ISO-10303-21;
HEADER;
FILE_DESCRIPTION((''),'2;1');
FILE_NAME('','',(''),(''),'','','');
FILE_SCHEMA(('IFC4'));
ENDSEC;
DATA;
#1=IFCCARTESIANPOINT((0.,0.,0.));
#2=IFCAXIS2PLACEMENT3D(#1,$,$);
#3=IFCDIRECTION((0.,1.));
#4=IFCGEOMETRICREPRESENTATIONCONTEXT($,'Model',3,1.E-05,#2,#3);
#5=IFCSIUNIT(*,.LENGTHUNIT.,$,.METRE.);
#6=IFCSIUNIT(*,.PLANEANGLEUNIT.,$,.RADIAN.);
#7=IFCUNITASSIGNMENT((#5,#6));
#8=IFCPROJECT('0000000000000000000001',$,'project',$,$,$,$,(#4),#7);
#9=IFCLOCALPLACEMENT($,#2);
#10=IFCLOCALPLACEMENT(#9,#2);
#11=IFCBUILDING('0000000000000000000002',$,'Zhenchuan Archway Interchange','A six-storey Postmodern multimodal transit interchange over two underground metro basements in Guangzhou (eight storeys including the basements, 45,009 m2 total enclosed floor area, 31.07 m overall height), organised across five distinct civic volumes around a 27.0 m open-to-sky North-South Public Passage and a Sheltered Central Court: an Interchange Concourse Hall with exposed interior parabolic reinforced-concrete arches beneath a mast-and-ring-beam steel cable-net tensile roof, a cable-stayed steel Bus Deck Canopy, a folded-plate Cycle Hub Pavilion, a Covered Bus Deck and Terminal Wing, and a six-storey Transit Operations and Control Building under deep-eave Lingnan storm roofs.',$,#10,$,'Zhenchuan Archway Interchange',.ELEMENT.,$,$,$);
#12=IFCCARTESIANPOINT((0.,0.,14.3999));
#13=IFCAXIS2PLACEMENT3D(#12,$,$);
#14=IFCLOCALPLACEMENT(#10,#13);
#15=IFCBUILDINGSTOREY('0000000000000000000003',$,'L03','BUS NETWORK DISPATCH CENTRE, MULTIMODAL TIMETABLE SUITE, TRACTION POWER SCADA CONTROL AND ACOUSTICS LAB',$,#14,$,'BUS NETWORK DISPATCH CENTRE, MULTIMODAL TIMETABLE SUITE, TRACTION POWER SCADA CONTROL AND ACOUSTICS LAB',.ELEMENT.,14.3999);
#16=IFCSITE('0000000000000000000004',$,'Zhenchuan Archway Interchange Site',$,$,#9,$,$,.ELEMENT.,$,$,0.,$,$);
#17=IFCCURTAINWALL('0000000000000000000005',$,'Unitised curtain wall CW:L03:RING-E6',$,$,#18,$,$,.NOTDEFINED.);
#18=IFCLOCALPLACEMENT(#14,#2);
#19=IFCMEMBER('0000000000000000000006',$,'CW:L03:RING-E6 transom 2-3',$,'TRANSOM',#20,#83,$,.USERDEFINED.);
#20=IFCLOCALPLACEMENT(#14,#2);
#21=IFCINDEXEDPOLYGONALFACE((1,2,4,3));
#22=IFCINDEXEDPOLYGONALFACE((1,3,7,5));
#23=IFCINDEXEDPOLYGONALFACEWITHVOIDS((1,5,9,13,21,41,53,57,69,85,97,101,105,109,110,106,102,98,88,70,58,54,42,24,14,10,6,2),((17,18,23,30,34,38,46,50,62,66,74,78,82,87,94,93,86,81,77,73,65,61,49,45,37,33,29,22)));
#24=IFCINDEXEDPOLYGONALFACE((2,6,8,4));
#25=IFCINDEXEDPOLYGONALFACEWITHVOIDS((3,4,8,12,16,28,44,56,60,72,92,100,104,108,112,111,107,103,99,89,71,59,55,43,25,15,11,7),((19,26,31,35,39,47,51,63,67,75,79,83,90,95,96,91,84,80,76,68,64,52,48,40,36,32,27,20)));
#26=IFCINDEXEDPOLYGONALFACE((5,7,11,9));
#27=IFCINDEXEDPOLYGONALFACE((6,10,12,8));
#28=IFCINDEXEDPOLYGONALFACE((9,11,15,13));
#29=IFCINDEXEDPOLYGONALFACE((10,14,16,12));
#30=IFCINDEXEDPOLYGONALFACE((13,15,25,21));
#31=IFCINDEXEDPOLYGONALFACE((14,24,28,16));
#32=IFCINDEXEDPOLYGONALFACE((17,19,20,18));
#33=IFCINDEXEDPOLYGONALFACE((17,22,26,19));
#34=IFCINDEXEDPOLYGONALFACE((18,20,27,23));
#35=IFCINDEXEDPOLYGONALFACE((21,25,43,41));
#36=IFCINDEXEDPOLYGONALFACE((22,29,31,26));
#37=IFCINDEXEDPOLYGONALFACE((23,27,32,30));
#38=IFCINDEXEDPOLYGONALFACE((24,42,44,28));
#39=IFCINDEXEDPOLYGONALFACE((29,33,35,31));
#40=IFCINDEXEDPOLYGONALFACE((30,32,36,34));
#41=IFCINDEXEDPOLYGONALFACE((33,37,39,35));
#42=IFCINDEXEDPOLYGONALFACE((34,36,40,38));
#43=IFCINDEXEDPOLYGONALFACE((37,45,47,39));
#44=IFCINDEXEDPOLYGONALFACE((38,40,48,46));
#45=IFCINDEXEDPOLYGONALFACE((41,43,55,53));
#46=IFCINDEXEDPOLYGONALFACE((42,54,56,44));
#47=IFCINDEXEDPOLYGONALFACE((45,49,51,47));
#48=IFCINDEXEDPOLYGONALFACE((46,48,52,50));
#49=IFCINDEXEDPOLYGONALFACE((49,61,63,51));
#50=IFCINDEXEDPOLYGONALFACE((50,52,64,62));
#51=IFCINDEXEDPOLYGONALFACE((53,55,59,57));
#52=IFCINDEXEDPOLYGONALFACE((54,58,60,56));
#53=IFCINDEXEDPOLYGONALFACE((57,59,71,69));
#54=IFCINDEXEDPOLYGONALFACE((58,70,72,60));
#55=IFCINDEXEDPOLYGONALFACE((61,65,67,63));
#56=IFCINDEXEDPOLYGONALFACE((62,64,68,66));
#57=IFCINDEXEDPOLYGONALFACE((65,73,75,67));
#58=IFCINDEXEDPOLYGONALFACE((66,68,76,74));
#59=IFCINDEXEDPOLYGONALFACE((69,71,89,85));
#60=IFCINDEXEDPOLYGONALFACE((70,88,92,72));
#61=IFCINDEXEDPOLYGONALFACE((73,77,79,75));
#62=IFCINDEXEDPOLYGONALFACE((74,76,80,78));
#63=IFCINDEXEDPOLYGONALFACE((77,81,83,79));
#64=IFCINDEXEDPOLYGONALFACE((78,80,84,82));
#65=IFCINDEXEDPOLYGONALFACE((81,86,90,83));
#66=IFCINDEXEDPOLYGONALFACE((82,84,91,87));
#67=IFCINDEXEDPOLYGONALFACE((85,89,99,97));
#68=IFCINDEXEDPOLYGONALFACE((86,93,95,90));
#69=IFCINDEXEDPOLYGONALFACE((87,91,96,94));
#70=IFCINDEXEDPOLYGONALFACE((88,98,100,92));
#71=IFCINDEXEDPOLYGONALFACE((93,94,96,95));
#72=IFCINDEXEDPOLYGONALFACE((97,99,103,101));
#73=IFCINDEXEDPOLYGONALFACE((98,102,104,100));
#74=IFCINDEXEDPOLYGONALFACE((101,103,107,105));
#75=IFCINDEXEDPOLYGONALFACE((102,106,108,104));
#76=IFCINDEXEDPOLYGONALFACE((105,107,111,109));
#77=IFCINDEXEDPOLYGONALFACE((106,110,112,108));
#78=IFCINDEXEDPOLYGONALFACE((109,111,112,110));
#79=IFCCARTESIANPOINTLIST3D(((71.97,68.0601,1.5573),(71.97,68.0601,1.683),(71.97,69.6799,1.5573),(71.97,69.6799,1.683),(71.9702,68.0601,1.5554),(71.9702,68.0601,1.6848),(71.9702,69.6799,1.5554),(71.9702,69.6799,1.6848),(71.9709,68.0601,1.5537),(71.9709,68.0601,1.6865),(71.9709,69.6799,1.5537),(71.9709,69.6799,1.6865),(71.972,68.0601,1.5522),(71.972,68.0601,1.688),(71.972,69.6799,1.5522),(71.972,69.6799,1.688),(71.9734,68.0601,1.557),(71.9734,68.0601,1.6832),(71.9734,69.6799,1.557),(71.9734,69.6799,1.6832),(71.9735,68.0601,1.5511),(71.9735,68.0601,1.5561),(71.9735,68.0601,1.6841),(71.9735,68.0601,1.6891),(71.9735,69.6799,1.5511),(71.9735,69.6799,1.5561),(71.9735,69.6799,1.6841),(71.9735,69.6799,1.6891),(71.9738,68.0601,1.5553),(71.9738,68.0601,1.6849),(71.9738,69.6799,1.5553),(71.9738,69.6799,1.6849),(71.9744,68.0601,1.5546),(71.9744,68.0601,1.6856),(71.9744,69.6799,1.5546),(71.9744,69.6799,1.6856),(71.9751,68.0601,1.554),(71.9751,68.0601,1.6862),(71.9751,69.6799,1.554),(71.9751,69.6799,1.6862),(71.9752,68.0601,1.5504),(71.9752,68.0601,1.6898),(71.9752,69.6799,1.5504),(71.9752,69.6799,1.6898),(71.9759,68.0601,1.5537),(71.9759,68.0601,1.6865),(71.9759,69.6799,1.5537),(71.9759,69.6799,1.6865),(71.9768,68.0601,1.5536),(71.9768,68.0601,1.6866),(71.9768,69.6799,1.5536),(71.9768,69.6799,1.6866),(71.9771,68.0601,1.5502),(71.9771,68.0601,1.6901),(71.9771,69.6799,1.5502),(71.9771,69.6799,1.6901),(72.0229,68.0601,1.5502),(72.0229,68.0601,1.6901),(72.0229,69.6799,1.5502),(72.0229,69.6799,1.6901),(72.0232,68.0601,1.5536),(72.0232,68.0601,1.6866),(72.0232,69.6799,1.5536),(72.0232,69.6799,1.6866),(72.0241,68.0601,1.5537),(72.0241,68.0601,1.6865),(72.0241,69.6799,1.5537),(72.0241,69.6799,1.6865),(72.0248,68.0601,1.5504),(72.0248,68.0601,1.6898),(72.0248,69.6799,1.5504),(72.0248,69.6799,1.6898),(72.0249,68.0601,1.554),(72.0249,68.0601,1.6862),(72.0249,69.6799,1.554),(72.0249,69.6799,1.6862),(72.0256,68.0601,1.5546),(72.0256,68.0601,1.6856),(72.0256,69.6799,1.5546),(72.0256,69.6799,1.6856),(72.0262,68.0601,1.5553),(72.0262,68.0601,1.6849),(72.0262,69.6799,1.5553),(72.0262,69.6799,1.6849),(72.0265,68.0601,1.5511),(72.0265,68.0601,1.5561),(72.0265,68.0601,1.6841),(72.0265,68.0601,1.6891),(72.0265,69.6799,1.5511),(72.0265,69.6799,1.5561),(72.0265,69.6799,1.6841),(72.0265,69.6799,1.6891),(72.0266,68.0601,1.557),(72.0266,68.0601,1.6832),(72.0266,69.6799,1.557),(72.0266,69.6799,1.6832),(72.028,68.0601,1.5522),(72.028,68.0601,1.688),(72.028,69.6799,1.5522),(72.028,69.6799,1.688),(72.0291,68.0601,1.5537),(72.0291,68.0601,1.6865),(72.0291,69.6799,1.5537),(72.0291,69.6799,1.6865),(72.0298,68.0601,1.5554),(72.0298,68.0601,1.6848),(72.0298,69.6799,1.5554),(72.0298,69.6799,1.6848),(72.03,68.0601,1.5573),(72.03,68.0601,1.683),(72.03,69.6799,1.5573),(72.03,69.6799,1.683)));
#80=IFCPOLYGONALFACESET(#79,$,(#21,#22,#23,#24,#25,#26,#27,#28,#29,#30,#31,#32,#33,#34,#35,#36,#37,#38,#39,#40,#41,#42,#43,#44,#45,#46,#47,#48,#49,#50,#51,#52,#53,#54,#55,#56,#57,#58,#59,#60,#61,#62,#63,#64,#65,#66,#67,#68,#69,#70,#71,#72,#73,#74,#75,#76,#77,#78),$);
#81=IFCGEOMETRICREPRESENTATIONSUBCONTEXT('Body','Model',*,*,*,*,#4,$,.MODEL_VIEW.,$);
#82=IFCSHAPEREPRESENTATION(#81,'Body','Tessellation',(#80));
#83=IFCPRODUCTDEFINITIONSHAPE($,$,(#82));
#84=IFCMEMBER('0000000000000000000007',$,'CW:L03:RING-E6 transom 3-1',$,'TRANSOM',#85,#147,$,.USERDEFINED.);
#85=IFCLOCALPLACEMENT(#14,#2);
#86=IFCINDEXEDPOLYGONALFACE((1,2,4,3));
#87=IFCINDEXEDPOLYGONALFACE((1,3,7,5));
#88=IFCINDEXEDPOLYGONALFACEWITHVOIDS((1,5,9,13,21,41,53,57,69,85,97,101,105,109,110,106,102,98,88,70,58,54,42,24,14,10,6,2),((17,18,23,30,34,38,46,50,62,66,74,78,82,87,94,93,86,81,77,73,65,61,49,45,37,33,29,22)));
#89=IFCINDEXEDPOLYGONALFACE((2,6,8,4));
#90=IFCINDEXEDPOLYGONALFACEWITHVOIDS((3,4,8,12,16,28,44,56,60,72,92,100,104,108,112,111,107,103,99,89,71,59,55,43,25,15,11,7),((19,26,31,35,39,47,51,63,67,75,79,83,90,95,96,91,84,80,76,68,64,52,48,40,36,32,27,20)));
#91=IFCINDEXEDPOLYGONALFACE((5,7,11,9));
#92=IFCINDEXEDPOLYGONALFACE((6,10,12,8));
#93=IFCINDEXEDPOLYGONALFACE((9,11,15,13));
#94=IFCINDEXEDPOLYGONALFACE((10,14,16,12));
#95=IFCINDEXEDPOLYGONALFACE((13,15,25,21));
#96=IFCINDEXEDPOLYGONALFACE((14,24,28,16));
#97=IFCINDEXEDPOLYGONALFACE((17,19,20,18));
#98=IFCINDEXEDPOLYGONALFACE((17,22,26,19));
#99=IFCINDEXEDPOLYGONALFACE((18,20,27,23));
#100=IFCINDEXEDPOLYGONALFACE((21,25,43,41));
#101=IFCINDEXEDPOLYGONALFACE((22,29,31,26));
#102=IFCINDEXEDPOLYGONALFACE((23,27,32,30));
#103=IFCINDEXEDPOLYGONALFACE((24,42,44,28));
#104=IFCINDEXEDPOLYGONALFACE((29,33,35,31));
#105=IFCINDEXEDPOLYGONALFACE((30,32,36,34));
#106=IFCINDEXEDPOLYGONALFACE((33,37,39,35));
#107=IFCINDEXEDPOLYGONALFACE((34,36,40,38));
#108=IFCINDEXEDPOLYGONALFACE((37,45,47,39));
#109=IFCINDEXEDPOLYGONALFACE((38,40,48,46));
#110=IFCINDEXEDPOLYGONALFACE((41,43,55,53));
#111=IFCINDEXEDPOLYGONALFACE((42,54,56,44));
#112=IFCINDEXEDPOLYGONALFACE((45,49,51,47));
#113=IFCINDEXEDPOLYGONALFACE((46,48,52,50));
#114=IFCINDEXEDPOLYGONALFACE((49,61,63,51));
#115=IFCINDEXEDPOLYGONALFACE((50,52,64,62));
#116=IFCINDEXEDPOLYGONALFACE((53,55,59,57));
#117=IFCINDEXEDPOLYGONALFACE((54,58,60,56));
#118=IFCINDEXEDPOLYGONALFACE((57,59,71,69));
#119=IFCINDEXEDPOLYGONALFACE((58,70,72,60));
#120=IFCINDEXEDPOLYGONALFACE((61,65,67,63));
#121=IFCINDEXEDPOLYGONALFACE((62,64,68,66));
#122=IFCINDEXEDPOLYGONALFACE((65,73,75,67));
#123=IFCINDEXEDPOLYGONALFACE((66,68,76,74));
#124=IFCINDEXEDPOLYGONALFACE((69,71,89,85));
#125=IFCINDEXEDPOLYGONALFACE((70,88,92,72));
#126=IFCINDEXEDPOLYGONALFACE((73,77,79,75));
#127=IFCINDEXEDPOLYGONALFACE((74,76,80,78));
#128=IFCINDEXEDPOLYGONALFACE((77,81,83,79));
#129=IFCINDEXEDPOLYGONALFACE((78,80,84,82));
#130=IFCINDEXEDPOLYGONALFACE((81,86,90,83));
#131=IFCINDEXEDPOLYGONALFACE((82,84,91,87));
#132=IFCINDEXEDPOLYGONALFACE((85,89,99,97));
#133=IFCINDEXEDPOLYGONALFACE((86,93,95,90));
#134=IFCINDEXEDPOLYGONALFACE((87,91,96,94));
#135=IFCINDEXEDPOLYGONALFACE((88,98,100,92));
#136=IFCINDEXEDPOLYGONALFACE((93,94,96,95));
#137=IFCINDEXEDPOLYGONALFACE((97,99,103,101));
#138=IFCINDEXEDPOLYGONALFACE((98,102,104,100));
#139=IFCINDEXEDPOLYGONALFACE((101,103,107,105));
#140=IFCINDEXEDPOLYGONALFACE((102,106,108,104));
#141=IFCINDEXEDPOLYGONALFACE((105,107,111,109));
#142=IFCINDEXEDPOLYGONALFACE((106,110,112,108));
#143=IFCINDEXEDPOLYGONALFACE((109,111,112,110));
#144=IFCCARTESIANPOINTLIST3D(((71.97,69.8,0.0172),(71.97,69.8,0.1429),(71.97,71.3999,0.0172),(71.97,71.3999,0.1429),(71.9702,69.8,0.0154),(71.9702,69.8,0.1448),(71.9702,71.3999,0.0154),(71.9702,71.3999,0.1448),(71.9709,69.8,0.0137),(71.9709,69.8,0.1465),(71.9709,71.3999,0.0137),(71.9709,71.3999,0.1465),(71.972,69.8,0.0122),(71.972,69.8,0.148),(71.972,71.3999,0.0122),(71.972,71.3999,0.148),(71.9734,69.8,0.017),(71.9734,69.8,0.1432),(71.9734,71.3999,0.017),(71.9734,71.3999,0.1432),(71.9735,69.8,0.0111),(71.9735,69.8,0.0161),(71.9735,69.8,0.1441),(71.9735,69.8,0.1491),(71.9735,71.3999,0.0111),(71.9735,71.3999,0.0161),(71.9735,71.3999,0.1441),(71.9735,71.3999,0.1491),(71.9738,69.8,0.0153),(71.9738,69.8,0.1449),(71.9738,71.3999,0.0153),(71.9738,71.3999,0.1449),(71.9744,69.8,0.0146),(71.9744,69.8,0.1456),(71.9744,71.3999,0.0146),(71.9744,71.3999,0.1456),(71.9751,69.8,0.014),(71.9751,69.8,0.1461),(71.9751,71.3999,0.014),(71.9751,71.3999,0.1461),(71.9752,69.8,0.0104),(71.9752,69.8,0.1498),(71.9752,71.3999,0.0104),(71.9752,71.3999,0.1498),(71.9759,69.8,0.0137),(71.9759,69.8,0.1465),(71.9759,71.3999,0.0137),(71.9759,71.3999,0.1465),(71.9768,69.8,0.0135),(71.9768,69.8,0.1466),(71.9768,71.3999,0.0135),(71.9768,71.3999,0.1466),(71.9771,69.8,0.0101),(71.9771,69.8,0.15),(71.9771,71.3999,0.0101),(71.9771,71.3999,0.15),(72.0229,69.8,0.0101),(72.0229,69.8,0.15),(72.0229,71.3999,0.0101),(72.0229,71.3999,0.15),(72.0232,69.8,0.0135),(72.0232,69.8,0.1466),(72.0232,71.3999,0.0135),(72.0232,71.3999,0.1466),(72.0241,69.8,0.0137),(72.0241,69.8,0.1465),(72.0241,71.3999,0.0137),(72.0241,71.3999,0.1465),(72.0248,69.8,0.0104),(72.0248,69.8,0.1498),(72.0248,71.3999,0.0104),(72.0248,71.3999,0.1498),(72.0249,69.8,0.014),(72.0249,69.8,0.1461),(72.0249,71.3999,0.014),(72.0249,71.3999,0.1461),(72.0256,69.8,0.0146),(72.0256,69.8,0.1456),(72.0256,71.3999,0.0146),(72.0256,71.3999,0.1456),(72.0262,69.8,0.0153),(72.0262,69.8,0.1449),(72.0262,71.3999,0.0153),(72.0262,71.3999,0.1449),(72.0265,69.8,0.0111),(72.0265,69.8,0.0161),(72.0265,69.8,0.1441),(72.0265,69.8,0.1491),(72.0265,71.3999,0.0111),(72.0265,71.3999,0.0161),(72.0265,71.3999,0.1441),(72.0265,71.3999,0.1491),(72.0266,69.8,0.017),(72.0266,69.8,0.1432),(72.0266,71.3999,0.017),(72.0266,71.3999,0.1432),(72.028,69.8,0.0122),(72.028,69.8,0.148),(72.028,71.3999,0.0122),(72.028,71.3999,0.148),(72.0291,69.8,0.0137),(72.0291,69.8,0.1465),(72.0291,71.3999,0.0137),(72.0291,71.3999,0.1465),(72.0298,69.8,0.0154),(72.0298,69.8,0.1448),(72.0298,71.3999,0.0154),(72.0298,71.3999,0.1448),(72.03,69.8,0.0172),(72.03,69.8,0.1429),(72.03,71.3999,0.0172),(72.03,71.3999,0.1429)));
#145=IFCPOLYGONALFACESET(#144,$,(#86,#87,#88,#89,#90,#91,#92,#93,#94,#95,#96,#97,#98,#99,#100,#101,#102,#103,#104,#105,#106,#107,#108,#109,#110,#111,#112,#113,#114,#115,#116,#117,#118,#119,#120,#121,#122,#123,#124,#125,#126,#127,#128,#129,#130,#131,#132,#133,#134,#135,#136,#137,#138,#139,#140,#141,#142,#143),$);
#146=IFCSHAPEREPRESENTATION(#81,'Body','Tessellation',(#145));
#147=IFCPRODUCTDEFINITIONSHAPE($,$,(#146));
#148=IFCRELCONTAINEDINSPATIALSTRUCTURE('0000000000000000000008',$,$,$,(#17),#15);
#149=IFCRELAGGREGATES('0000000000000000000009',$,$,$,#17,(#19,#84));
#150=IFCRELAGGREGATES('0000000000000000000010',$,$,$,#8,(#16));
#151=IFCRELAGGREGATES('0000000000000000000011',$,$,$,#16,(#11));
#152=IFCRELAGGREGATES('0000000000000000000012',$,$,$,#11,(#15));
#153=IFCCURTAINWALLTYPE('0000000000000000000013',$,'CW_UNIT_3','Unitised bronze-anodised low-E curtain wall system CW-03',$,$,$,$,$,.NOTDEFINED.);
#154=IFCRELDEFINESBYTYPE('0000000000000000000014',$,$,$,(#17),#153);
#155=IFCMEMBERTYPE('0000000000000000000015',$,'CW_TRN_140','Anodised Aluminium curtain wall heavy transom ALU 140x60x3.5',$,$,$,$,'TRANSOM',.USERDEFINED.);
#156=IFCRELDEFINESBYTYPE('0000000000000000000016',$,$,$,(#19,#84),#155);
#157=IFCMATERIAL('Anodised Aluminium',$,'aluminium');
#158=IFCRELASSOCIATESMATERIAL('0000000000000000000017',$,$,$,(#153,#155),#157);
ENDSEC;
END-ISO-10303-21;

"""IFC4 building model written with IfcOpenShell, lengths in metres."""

from ifc_helpers import new_model, si_unit, direction, frame, origin, origin_2d, place, context, subcontext, project, spatial, hollow_rectangle, extrude, material, material_profile, profile_set, type_object, element, aggregate, save


model = new_model("IFC4")

# Units and contexts
model_context = context("Model", 3, precision=1e-05, world=origin(), true_north=direction((0.0, 1.0)))
body_context = subcontext(model_context, "Body", "Model", "MODEL_VIEW")
ifc_project = project(units=[si_unit("LENGTHUNIT", "METRE"), si_unit("PLANEANGLEUNIT", "RADIAN")], contexts=[model_context])

# Site, building, storey
site_placement = place(None, origin())
site = spatial("IfcSite", under=ifc_project, at=site_placement, Name="Zhenchuan Archway Interchange Site", CompositionType="ELEMENT", RefElevation=0.0)
building_placement = place(site_placement, origin())
building = spatial("IfcBuilding", under=site, at=building_placement, Name="Zhenchuan Archway Interchange", Description="A six-storey Postmodern multimodal transit interchange over two underground metro basements in Guangzhou (eight storeys including the basements, 45,009 m2 total enclosed floor area, 31.07 m overall height), organised across five distinct civic volumes around a 27.0 m open-to-sky North-South Public Passage and a Sheltered Central Court: an Interchange Concourse Hall with exposed interior parabolic reinforced-concrete arches beneath a mast-and-ring-beam steel cable-net tensile roof, a cable-stayed steel Bus Deck Canopy, a folded-plate Cycle Hub Pavilion, a Covered Bus Deck and Terminal Wing, and a six-storey Transit Operations and Control Building under deep-eave Lingnan storm roofs.", LongName="Zhenchuan Archway Interchange", CompositionType="ELEMENT")
storey_placement = place(building_placement, frame((0.0, 0.0, 14.3999)))
storey = spatial("IfcBuildingStorey", under=building, at=storey_placement, Name="L03", Description="BUS NETWORK DISPATCH CENTRE, MULTIMODAL TIMETABLE SUITE, TRACTION POWER SCADA CONTROL AND ACOUSTICS LAB", LongName="BUS NETWORK DISPATCH CENTRE, MULTIMODAL TIMETABLE SUITE, TRACTION POWER SCADA CONTROL AND ACOUSTICS LAB", CompositionType="ELEMENT", Elevation=14.3999)

# Curtain wall
ifc_material_1 = material(Name="Anodised Aluminium", Category="aluminium")
curtain_wall_type = type_object("IfcCurtainWallType", Name="CW_UNIT_3", Description="Unitised bronze-anodised low-E curtain wall system CW-03", PredefinedType="NOTDEFINED", material=ifc_material_1)
curtain_wall_1_placement = place(storey_placement, origin())
curtain_wall_1 = element("IfcCurtainWall", 1, at=curtain_wall_1_placement, inside=storey, type_object=curtain_wall_type, Name="Unitised curtain wall CW:L03:RING-E6", PredefinedType="NOTDEFINED")

# Members
ifc_material_profile_1 = material_profile(ifc_material_1, hollow_rectangle(XDim=0.0601, YDim=0.1399, WallThickness=0.0034, InnerFilletRadius=0.0034, OuterFilletRadius=0.0071, at=origin_2d()), Name="ALU 140x60x3.5")
ifc_profile_set_1 = profile_set([ifc_material_profile_1], Name="Anodised Aluminium")
member_type_1 = type_object("IfcMemberType", Name="CW_TRN_140", Description="Anodised Aluminium curtain wall heavy transom ALU 140x60x3.5", ElementType="TRANSOM", PredefinedType="USERDEFINED", material=ifc_profile_set_1)
member_1_placement = place(storey_placement, frame((72.0, 68.0601, 1.6201), z_axis=(0.0, 1.0, 0.0), x_axis=(-1.0, 0.0, 0.0)))
member_1 = element("IfcMember", 2, at=member_1_placement, type_object=member_type_1, Name="CW:L03:RING-E6 transom 2-3", ObjectType="TRANSOM", PredefinedType="USERDEFINED", context=body_context, shape_type="SweptSolid", body=[
    extrude(hollow_rectangle(XDim=0.0601, YDim=0.1399, WallThickness=0.0034, InnerFilletRadius=0.0034, OuterFilletRadius=0.0071, at=origin_2d()), origin(), (0.0, 0.0, 1.0), 1.6199),
])
member_2_placement = place(storey_placement, frame((72.0, 69.8, 0.0801), z_axis=(0.0, 1.0, 0.0), x_axis=(-1.0, 0.0, 0.0)))
member_2 = element("IfcMember", 3, at=member_2_placement, type_object=member_type_1, Name="CW:L03:RING-E6 transom 3-1", ObjectType="TRANSOM", PredefinedType="USERDEFINED", context=body_context, shape_type="SweptSolid", body=[
    extrude(hollow_rectangle(XDim=0.0601, YDim=0.1399, WallThickness=0.0034, InnerFilletRadius=0.0034, OuterFilletRadius=0.0071, at=origin_2d()), origin(), (0.0, 0.0, 1.0), 1.5999),
])

aggregate(curtain_wall_1, [member_1, member_2])

save(model, "model.ifc")
